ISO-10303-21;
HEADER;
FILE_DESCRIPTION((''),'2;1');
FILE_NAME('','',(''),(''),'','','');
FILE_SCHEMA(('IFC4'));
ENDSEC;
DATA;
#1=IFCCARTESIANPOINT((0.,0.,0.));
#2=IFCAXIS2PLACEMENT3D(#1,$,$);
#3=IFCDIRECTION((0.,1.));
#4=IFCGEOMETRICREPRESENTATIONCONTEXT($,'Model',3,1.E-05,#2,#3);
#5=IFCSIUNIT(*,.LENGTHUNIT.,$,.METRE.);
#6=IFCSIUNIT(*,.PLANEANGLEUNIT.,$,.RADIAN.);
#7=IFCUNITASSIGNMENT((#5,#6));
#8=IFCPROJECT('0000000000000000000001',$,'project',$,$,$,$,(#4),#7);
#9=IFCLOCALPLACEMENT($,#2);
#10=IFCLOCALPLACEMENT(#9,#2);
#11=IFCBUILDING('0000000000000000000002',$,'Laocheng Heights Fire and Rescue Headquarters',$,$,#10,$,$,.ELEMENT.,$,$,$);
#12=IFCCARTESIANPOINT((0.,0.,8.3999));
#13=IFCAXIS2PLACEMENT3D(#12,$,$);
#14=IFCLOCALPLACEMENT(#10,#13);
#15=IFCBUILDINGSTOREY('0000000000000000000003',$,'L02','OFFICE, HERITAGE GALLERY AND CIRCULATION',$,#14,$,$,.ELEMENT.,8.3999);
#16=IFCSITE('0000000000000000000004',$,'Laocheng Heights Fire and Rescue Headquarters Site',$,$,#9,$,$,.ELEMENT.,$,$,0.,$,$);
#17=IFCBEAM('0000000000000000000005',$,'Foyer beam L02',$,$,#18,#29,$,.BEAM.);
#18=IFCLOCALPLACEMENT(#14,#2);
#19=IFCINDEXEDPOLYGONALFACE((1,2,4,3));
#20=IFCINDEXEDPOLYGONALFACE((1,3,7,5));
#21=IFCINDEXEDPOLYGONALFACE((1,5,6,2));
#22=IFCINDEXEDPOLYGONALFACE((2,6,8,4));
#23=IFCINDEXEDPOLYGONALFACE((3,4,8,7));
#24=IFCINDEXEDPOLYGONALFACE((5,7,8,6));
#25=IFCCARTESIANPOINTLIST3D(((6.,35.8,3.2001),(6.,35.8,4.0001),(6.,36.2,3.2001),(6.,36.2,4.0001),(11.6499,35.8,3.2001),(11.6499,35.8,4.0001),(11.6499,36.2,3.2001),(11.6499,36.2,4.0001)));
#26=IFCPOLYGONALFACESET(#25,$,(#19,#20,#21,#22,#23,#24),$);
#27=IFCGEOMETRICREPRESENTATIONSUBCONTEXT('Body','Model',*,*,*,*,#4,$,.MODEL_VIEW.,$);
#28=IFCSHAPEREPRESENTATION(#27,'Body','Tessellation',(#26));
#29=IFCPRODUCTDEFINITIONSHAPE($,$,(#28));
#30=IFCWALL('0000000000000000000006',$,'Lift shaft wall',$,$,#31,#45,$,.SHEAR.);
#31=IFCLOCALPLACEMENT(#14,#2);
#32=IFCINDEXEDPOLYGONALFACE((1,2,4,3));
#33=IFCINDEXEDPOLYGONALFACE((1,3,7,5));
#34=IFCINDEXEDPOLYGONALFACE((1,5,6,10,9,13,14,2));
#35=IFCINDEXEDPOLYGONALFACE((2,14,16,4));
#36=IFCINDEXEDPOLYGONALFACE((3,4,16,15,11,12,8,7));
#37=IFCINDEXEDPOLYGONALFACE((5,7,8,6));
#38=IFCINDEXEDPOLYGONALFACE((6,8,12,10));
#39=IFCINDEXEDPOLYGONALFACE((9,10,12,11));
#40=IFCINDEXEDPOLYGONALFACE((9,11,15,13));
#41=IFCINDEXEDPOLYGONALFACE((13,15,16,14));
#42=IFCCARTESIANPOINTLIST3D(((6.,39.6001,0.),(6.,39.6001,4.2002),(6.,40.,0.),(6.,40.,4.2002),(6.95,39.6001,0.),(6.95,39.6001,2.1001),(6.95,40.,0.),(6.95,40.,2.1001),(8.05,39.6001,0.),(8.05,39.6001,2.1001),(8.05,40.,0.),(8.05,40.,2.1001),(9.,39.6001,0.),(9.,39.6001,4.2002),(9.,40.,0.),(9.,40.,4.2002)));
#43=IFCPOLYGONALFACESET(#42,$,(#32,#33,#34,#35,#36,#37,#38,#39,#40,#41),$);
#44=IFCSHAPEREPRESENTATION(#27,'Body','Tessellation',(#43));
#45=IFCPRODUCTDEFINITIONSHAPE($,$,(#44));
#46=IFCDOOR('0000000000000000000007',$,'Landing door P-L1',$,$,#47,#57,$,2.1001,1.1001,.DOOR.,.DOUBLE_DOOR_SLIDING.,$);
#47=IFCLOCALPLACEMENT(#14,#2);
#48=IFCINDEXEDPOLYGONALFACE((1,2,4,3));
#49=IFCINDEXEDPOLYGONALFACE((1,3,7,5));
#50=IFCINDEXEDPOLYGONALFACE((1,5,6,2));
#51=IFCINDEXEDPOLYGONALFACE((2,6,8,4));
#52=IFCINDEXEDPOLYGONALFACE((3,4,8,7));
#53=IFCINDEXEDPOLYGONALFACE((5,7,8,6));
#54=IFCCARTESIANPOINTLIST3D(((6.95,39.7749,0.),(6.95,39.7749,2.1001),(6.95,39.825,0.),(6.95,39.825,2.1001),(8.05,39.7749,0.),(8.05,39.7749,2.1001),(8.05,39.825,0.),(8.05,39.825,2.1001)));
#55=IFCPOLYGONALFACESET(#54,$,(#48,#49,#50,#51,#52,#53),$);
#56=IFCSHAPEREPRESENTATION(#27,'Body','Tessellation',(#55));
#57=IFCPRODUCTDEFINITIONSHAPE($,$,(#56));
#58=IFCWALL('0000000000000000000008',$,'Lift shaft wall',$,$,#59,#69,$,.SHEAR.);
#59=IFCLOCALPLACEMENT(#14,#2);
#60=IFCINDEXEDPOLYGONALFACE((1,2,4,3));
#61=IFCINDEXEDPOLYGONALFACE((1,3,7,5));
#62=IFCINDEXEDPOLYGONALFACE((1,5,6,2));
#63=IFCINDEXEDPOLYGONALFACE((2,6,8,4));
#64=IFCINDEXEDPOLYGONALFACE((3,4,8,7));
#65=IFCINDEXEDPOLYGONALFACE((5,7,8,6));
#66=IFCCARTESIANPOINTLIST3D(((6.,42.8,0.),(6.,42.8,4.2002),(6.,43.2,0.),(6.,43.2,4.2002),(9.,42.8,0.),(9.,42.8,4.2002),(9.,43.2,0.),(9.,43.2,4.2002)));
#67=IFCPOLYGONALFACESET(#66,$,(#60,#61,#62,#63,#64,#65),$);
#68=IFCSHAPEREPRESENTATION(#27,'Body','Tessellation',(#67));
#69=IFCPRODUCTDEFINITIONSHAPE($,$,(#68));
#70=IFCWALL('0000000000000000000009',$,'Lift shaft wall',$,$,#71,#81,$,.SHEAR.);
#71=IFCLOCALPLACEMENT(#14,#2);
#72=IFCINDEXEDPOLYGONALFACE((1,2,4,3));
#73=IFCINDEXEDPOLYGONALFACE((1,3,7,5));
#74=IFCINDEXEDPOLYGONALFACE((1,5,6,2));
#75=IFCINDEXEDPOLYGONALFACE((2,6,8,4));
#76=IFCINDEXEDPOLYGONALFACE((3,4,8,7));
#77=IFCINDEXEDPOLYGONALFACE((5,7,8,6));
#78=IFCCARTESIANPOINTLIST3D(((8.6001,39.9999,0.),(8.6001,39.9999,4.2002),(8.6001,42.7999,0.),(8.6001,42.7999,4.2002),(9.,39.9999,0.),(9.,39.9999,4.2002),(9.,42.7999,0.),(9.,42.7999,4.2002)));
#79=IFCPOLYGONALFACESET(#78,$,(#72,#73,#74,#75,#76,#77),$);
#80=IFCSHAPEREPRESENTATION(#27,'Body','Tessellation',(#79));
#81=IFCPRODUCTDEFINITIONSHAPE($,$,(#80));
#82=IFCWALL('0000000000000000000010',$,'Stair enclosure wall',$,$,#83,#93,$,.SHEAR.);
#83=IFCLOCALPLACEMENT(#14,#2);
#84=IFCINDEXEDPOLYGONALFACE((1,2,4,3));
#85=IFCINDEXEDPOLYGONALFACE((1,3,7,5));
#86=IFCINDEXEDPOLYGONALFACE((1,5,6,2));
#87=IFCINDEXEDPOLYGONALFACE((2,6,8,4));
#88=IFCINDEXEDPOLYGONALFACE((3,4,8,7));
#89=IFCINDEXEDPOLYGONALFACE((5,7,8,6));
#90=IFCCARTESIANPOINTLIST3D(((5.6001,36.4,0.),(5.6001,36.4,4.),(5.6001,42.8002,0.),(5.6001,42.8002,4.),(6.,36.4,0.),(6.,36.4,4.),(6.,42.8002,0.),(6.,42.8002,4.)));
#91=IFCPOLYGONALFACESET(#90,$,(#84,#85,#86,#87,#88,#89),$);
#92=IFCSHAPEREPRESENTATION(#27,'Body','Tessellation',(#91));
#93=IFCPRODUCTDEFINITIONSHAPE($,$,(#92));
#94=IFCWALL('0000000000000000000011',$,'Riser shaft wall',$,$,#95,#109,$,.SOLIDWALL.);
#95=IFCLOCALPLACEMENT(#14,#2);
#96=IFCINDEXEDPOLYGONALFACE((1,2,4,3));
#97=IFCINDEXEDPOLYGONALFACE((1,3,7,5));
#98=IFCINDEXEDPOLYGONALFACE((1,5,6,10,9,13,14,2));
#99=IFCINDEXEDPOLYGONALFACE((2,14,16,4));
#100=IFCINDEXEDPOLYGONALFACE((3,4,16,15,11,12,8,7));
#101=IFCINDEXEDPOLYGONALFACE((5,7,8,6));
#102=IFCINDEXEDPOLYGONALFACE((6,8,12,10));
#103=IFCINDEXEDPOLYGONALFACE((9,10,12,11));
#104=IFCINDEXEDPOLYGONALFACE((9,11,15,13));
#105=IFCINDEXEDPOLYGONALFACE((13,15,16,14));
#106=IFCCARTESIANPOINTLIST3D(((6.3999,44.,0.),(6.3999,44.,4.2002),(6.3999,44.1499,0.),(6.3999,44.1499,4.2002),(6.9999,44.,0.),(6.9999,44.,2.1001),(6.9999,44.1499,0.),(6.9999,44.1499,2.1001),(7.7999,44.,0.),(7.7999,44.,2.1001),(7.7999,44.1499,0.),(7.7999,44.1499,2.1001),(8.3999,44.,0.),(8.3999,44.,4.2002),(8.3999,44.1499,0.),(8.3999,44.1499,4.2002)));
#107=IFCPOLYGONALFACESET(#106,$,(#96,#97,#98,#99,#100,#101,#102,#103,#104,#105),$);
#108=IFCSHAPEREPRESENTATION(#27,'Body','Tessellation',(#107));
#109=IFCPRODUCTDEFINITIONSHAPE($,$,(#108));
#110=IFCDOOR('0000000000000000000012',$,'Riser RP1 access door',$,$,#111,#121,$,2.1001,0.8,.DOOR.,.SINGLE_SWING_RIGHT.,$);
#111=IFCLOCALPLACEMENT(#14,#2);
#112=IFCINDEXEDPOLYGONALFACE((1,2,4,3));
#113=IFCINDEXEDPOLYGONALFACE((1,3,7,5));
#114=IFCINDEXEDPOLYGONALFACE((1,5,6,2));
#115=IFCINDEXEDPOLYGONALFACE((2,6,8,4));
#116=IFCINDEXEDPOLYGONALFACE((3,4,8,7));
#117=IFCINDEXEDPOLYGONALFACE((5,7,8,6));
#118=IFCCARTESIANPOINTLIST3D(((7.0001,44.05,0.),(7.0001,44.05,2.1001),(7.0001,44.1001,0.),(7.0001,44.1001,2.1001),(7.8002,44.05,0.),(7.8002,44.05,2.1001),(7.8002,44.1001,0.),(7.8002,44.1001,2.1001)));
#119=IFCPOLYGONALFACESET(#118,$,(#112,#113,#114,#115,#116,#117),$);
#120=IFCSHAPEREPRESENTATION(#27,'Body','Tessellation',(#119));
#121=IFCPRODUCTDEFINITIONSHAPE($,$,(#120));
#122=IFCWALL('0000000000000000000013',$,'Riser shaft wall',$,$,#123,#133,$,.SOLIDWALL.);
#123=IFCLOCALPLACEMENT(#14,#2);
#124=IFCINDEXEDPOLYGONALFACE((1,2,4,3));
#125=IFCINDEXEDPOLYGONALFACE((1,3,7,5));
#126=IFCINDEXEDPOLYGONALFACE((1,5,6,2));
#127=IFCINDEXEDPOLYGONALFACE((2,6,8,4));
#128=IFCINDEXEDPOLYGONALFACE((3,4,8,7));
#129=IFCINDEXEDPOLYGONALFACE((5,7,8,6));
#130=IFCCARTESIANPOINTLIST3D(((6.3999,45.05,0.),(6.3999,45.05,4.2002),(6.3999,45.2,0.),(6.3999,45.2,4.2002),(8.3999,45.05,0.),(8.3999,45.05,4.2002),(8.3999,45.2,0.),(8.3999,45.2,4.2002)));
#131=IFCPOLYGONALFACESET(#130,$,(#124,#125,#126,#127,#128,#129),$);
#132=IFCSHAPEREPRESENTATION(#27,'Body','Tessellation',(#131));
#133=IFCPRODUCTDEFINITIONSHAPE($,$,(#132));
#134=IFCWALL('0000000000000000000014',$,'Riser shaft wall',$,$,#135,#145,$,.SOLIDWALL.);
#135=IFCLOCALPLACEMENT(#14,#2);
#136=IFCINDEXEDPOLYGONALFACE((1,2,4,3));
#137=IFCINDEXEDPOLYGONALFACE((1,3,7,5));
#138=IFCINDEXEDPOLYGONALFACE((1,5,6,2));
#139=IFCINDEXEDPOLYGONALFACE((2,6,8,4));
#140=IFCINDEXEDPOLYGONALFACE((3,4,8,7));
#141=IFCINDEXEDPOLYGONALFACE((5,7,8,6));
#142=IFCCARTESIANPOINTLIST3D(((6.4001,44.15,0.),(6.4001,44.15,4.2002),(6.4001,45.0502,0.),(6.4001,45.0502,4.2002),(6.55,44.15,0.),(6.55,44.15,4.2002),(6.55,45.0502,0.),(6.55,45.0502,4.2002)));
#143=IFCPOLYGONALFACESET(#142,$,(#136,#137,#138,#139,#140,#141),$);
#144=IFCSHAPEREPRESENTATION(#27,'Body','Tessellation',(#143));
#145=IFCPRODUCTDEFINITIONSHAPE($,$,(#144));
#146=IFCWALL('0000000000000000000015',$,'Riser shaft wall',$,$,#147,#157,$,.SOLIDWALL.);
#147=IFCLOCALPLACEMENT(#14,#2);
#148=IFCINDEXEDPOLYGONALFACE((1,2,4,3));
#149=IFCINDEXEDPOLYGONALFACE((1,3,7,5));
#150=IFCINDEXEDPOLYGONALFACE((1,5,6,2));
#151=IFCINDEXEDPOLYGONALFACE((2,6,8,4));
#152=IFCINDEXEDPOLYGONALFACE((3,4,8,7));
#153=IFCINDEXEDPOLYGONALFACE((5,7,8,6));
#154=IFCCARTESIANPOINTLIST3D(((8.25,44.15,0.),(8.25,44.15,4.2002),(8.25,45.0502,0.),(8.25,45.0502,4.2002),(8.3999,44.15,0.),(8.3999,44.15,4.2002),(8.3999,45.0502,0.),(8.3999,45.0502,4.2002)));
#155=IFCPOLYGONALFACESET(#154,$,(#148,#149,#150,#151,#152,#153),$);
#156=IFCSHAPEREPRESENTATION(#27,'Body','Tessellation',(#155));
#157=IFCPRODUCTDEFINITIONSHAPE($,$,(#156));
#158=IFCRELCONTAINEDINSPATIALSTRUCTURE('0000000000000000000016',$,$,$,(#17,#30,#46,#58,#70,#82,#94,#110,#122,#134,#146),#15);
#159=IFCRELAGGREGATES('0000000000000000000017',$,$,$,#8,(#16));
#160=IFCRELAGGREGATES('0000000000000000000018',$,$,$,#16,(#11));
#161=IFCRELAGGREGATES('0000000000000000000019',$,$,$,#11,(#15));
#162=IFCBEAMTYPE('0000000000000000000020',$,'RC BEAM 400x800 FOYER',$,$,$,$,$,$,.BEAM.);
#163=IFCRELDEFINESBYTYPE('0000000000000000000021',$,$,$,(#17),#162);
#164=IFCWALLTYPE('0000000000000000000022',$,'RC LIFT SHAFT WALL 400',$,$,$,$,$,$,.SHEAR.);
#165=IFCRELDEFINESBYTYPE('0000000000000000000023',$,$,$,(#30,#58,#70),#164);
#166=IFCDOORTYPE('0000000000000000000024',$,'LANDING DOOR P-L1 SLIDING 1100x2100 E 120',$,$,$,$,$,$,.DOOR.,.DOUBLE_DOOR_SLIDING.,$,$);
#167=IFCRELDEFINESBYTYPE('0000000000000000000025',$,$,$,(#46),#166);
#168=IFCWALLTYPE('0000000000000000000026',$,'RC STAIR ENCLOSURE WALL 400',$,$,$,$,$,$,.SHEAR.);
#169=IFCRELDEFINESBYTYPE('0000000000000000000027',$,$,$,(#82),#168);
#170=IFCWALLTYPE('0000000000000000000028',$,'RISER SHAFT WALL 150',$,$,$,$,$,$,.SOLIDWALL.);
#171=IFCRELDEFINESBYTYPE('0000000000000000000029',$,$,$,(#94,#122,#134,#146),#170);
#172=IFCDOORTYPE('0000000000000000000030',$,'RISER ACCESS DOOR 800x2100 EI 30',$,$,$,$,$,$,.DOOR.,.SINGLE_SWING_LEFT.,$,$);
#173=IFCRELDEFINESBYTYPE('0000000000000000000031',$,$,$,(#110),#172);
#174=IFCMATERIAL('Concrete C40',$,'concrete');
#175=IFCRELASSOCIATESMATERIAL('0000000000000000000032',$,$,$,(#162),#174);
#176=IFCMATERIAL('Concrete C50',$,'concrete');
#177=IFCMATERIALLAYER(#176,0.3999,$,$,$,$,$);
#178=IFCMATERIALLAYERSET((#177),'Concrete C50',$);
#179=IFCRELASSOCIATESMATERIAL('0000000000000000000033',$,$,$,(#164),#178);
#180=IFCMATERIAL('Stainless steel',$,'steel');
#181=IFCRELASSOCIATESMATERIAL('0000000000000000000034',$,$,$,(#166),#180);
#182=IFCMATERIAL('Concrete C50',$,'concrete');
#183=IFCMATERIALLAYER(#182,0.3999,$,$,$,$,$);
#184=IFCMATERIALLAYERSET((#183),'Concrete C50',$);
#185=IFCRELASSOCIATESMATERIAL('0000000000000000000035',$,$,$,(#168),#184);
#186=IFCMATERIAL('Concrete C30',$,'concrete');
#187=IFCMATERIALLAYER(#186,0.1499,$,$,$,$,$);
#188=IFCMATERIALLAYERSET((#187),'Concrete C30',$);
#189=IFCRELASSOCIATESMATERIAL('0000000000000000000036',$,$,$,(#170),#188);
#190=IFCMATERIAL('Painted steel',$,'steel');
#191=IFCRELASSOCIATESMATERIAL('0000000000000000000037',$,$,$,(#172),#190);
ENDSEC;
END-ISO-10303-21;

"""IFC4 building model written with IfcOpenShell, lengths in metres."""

from ifc_helpers import new_model, si_unit, direction, frame, frame_2d, origin, origin_2d, place, context, subcontext, project, spatial, rectangle, extrude, material, layer, layer_set, material_profile, profile_set, type_object, element, fill, save


model = new_model("IFC4")

# Units and contexts
model_context = context("Model", 3, precision=1e-05, world=origin(), true_north=direction((0.0, 1.0)))
body_context = subcontext(model_context, "Body", "Model", "MODEL_VIEW")
ifc_project = project(units=[si_unit("LENGTHUNIT", "METRE"), si_unit("PLANEANGLEUNIT", "RADIAN")], contexts=[model_context])

# Site, building, storey
site_placement = place(None, origin())
site = spatial("IfcSite", under=ifc_project, at=site_placement, Name="Laocheng Heights Fire and Rescue Headquarters Site", CompositionType="ELEMENT", RefElevation=0.0)
building_placement = place(site_placement, origin())
building = spatial("IfcBuilding", under=site, at=building_placement, Name="Laocheng Heights Fire and Rescue Headquarters", CompositionType="ELEMENT")
storey_placement = place(building_placement, frame((0.0, 0.0, 8.3999)))
storey = spatial("IfcBuildingStorey", under=building, at=storey_placement, Name="L02", Description="OFFICE, HERITAGE GALLERY AND CIRCULATION", CompositionType="ELEMENT", Elevation=8.3999)

# Beam
ifc_material_1 = material(Name="Concrete C40", Category="concrete")
ifc_material_profile = material_profile(ifc_material_1, rectangle(XDim=0.3999, YDim=0.8, at=origin_2d()), Name="RC BEAM 400x800 FOYER")
ifc_profile_set = profile_set([ifc_material_profile], Name="Concrete C40")
beam_type = type_object("IfcBeamType", Name="RC BEAM 400x800 FOYER", PredefinedType="BEAM", material=ifc_profile_set)
beam_placement = place(storey_placement, frame((6.0, 36.0, 3.6001), z_axis=(1.0, 0.0, 0.0), x_axis=(0.0, 1.0, 0.0)))
element("IfcBeam", 1, at=beam_placement, inside=storey, type_object=beam_type, Name="Foyer beam L02", PredefinedType="BEAM", context=body_context, shape_type="SweptSolid", body=[
    extrude(rectangle(XDim=0.3999, YDim=0.8, at=origin_2d()), origin(), (0.0, 0.0, 1.0), 5.6499),
])

# Wall, opening, door
ifc_material_2 = material(Name="Concrete C50", Category="concrete")
ifc_layer_1 = layer(ifc_material_2, 0.3999)
ifc_layer_set_1 = layer_set([ifc_layer_1], Name="Concrete C50")
wall_type_1 = type_object("IfcWallType", Name="RC LIFT SHAFT WALL 400", PredefinedType="SHEAR", material=ifc_layer_set_1)
wall_1_placement = place(storey_placement, frame((6.0, 39.8, 0.0), z_axis=(0.0, 0.0, 1.0), x_axis=(1.0, 0.0, 0.0)))
wall_1 = element("IfcWall", 2, at=wall_1_placement, inside=storey, type_object=wall_type_1, Name="Lift shaft wall", PredefinedType="SHEAR", context=body_context, shape_type="SweptSolid", body=[
    extrude(rectangle(XDim=3.0, YDim=0.3999, at=frame_2d((1.5, 0.0))), origin(), (0.0, 0.0, 1.0), 4.2002),
])
opening_1_placement = place(wall_1_placement, frame((0.95, 0.0, 0.0)))
opening_1 = element("IfcOpeningElement", 3, at=opening_1_placement, cuts=wall_1, PredefinedType="OPENING", context=body_context, shape_type="SweptSolid", body=[
    extrude(rectangle(XDim=1.1001, YDim=2.1001, at=frame_2d((0.55, 1.05))), frame((0.0, 0.21, 0.0), z_axis=(0.0, -1.0, 0.0), x_axis=(1.0, 0.0, 0.0)), (0.0, 0.0, 1.0), 0.4199),
])
ifc_material_3 = material(Name="Stainless steel", Category="steel")
door_type_1 = type_object("IfcDoorType", Name="LANDING DOOR P-L1 SLIDING 1100x2100 E 120", OperationType="DOUBLE_DOOR_SLIDING", PredefinedType="DOOR", material=ifc_material_3)
door_1_placement = place(opening_1_placement, origin())
door_1 = element("IfcDoor", 4, at=door_1_placement, inside=storey, type_object=door_type_1, Name="Landing door P-L1", OperationType="DOUBLE_DOOR_SLIDING", OverallHeight=2.1001, OverallWidth=1.1001, PredefinedType="DOOR", context=body_context, shape_type="SweptSolid", body=[
    extrude(rectangle(XDim=1.1001, YDim=2.1001, at=frame_2d((0.55, 1.05))), frame((0.0, 0.0249, 0.0), z_axis=(0.0, -1.0, 0.0), x_axis=(1.0, 0.0, 0.0)), (0.0, 0.0, 1.0), 0.05),
])
fill(opening_1, door_1)

# Walls
wall_2_placement = place(storey_placement, frame((6.0, 43.0, 0.0), z_axis=(0.0, 0.0, 1.0), x_axis=(1.0, 0.0, 0.0)))
element("IfcWall", 5, at=wall_2_placement, inside=storey, type_object=wall_type_1, Name="Lift shaft wall", PredefinedType="SHEAR", context=body_context, shape_type="SweptSolid", body=[
    extrude(rectangle(XDim=3.0, YDim=0.3999, at=frame_2d((1.5, 0.0))), origin(), (0.0, 0.0, 1.0), 4.2002),
])
wall_3_placement = place(storey_placement, frame((8.8, 40.0, 0.0), z_axis=(0.0, 0.0, 1.0), x_axis=(0.0, 1.0, 0.0)))
element("IfcWall", 6, at=wall_3_placement, inside=storey, type_object=wall_type_1, Name="Lift shaft wall", PredefinedType="SHEAR", context=body_context, shape_type="SweptSolid", body=[
    extrude(rectangle(XDim=2.8, YDim=0.3999, at=frame_2d((1.3999, 0.0))), origin(), (0.0, 0.0, 1.0), 4.2002),
])
ifc_material_4 = material(Name="Concrete C50", Category="concrete")
ifc_layer_2 = layer(ifc_material_4, 0.3999)
ifc_layer_set_2 = layer_set([ifc_layer_2], Name="Concrete C50")
wall_type_2 = type_object("IfcWallType", Name="RC STAIR ENCLOSURE WALL 400", PredefinedType="SHEAR", material=ifc_layer_set_2)
wall_4_placement = place(storey_placement, frame((5.8, 36.3999, 0.0), z_axis=(0.0, 0.0, 1.0), x_axis=(0.0, 1.0, 0.0)))
element("IfcWall", 7, at=wall_4_placement, inside=storey, type_object=wall_type_2, Name="Stair enclosure wall", PredefinedType="SHEAR", context=body_context, shape_type="SweptSolid", body=[
    extrude(rectangle(XDim=6.4001, YDim=0.3999, at=frame_2d((3.2002, 0.0))), origin(), (0.0, 0.0, 1.0), 4.0),
])

# Wall, opening, door
ifc_material_5 = material(Name="Concrete C30", Category="concrete")
ifc_layer_3 = layer(ifc_material_5, 0.1499)
ifc_layer_set_3 = layer_set([ifc_layer_3], Name="Concrete C30")
wall_type_3 = type_object("IfcWallType", Name="RISER SHAFT WALL 150", PredefinedType="SOLIDWALL", material=ifc_layer_set_3)
wall_5_placement = place(storey_placement, frame((6.3999, 44.075, 0.0), z_axis=(0.0, 0.0, 1.0), x_axis=(1.0, 0.0, 0.0)))
wall_5 = element("IfcWall", 8, at=wall_5_placement, inside=storey, type_object=wall_type_3, Name="Riser shaft wall", PredefinedType="SOLIDWALL", context=body_context, shape_type="SweptSolid", body=[
    extrude(rectangle(XDim=2.0, YDim=0.1499, at=frame_2d((1.0, 0.0))), origin(), (0.0, 0.0, 1.0), 4.2002),
])
opening_2_placement = place(wall_5_placement, frame((0.6001, 0.0, 0.0)))
opening_2 = element("IfcOpeningElement", 9, at=opening_2_placement, cuts=wall_5, PredefinedType="OPENING", context=body_context, shape_type="SweptSolid", body=[
    extrude(rectangle(XDim=0.8, YDim=2.1001, at=frame_2d((0.3999, 1.05))), frame((0.0, 0.085, 0.0), z_axis=(0.0, -1.0, 0.0), x_axis=(1.0, 0.0, 0.0)), (0.0, 0.0, 1.0), 0.1699),
])
ifc_material_6 = material(Name="Painted steel", Category="steel")
door_type_2 = type_object("IfcDoorType", Name="RISER ACCESS DOOR 800x2100 EI 30", OperationType="SINGLE_SWING_LEFT", PredefinedType="DOOR", material=ifc_material_6)
door_2_placement = place(opening_2_placement, frame((0.8, 0.0, 0.0), z_axis=(0.0, 0.0, 1.0), x_axis=(-1.0, 0.0, 0.0)))
door_2 = element("IfcDoor", 10, at=door_2_placement, inside=storey, type_object=door_type_2, Name="Riser RP1 access door", OperationType="SINGLE_SWING_RIGHT", OverallHeight=2.1001, OverallWidth=0.8, PredefinedType="DOOR", context=body_context, shape_type="SweptSolid", body=[
    extrude(rectangle(XDim=0.8, YDim=2.1001, at=frame_2d((0.3999, 1.05))), frame((0.0, 0.0249, 0.0), z_axis=(0.0, -1.0, 0.0), x_axis=(1.0, 0.0, 0.0)), (0.0, 0.0, 1.0), 0.05),
])
fill(opening_2, door_2)

# Walls
wall_6_placement = place(storey_placement, frame((6.3999, 45.125, 0.0), z_axis=(0.0, 0.0, 1.0), x_axis=(1.0, 0.0, 0.0)))
element("IfcWall", 11, at=wall_6_placement, inside=storey, type_object=wall_type_3, Name="Riser shaft wall", PredefinedType="SOLIDWALL", context=body_context, shape_type="SweptSolid", body=[
    extrude(rectangle(XDim=2.0, YDim=0.1499, at=frame_2d((1.0, 0.0))), origin(), (0.0, 0.0, 1.0), 4.2002),
])
for number, where, z_axis, x_axis, name in (
    (12, (6.4751, 44.1499, 0.0), (0.0, 0.0, 1.0), (0.0, 1.0, 0.0), "Riser shaft wall"),
    (13, (8.325, 44.1499, 0.0), (0.0, 0.0, 1.0), (0.0, 1.0, 0.0), "Riser shaft wall"),
):
    element("IfcWall", number, at=place(storey_placement, frame(where, z_axis=z_axis, x_axis=x_axis)), inside=storey, type_object=wall_type_3, Name=name, PredefinedType="SOLIDWALL", context=body_context, shape_type="SweptSolid", body=[
        extrude(rectangle(XDim=0.9001, YDim=0.1499, at=frame_2d((0.4502, 0.0))), origin(), (0.0, 0.0, 1.0), 4.2002),
    ])

save(model, "model.ifc")
